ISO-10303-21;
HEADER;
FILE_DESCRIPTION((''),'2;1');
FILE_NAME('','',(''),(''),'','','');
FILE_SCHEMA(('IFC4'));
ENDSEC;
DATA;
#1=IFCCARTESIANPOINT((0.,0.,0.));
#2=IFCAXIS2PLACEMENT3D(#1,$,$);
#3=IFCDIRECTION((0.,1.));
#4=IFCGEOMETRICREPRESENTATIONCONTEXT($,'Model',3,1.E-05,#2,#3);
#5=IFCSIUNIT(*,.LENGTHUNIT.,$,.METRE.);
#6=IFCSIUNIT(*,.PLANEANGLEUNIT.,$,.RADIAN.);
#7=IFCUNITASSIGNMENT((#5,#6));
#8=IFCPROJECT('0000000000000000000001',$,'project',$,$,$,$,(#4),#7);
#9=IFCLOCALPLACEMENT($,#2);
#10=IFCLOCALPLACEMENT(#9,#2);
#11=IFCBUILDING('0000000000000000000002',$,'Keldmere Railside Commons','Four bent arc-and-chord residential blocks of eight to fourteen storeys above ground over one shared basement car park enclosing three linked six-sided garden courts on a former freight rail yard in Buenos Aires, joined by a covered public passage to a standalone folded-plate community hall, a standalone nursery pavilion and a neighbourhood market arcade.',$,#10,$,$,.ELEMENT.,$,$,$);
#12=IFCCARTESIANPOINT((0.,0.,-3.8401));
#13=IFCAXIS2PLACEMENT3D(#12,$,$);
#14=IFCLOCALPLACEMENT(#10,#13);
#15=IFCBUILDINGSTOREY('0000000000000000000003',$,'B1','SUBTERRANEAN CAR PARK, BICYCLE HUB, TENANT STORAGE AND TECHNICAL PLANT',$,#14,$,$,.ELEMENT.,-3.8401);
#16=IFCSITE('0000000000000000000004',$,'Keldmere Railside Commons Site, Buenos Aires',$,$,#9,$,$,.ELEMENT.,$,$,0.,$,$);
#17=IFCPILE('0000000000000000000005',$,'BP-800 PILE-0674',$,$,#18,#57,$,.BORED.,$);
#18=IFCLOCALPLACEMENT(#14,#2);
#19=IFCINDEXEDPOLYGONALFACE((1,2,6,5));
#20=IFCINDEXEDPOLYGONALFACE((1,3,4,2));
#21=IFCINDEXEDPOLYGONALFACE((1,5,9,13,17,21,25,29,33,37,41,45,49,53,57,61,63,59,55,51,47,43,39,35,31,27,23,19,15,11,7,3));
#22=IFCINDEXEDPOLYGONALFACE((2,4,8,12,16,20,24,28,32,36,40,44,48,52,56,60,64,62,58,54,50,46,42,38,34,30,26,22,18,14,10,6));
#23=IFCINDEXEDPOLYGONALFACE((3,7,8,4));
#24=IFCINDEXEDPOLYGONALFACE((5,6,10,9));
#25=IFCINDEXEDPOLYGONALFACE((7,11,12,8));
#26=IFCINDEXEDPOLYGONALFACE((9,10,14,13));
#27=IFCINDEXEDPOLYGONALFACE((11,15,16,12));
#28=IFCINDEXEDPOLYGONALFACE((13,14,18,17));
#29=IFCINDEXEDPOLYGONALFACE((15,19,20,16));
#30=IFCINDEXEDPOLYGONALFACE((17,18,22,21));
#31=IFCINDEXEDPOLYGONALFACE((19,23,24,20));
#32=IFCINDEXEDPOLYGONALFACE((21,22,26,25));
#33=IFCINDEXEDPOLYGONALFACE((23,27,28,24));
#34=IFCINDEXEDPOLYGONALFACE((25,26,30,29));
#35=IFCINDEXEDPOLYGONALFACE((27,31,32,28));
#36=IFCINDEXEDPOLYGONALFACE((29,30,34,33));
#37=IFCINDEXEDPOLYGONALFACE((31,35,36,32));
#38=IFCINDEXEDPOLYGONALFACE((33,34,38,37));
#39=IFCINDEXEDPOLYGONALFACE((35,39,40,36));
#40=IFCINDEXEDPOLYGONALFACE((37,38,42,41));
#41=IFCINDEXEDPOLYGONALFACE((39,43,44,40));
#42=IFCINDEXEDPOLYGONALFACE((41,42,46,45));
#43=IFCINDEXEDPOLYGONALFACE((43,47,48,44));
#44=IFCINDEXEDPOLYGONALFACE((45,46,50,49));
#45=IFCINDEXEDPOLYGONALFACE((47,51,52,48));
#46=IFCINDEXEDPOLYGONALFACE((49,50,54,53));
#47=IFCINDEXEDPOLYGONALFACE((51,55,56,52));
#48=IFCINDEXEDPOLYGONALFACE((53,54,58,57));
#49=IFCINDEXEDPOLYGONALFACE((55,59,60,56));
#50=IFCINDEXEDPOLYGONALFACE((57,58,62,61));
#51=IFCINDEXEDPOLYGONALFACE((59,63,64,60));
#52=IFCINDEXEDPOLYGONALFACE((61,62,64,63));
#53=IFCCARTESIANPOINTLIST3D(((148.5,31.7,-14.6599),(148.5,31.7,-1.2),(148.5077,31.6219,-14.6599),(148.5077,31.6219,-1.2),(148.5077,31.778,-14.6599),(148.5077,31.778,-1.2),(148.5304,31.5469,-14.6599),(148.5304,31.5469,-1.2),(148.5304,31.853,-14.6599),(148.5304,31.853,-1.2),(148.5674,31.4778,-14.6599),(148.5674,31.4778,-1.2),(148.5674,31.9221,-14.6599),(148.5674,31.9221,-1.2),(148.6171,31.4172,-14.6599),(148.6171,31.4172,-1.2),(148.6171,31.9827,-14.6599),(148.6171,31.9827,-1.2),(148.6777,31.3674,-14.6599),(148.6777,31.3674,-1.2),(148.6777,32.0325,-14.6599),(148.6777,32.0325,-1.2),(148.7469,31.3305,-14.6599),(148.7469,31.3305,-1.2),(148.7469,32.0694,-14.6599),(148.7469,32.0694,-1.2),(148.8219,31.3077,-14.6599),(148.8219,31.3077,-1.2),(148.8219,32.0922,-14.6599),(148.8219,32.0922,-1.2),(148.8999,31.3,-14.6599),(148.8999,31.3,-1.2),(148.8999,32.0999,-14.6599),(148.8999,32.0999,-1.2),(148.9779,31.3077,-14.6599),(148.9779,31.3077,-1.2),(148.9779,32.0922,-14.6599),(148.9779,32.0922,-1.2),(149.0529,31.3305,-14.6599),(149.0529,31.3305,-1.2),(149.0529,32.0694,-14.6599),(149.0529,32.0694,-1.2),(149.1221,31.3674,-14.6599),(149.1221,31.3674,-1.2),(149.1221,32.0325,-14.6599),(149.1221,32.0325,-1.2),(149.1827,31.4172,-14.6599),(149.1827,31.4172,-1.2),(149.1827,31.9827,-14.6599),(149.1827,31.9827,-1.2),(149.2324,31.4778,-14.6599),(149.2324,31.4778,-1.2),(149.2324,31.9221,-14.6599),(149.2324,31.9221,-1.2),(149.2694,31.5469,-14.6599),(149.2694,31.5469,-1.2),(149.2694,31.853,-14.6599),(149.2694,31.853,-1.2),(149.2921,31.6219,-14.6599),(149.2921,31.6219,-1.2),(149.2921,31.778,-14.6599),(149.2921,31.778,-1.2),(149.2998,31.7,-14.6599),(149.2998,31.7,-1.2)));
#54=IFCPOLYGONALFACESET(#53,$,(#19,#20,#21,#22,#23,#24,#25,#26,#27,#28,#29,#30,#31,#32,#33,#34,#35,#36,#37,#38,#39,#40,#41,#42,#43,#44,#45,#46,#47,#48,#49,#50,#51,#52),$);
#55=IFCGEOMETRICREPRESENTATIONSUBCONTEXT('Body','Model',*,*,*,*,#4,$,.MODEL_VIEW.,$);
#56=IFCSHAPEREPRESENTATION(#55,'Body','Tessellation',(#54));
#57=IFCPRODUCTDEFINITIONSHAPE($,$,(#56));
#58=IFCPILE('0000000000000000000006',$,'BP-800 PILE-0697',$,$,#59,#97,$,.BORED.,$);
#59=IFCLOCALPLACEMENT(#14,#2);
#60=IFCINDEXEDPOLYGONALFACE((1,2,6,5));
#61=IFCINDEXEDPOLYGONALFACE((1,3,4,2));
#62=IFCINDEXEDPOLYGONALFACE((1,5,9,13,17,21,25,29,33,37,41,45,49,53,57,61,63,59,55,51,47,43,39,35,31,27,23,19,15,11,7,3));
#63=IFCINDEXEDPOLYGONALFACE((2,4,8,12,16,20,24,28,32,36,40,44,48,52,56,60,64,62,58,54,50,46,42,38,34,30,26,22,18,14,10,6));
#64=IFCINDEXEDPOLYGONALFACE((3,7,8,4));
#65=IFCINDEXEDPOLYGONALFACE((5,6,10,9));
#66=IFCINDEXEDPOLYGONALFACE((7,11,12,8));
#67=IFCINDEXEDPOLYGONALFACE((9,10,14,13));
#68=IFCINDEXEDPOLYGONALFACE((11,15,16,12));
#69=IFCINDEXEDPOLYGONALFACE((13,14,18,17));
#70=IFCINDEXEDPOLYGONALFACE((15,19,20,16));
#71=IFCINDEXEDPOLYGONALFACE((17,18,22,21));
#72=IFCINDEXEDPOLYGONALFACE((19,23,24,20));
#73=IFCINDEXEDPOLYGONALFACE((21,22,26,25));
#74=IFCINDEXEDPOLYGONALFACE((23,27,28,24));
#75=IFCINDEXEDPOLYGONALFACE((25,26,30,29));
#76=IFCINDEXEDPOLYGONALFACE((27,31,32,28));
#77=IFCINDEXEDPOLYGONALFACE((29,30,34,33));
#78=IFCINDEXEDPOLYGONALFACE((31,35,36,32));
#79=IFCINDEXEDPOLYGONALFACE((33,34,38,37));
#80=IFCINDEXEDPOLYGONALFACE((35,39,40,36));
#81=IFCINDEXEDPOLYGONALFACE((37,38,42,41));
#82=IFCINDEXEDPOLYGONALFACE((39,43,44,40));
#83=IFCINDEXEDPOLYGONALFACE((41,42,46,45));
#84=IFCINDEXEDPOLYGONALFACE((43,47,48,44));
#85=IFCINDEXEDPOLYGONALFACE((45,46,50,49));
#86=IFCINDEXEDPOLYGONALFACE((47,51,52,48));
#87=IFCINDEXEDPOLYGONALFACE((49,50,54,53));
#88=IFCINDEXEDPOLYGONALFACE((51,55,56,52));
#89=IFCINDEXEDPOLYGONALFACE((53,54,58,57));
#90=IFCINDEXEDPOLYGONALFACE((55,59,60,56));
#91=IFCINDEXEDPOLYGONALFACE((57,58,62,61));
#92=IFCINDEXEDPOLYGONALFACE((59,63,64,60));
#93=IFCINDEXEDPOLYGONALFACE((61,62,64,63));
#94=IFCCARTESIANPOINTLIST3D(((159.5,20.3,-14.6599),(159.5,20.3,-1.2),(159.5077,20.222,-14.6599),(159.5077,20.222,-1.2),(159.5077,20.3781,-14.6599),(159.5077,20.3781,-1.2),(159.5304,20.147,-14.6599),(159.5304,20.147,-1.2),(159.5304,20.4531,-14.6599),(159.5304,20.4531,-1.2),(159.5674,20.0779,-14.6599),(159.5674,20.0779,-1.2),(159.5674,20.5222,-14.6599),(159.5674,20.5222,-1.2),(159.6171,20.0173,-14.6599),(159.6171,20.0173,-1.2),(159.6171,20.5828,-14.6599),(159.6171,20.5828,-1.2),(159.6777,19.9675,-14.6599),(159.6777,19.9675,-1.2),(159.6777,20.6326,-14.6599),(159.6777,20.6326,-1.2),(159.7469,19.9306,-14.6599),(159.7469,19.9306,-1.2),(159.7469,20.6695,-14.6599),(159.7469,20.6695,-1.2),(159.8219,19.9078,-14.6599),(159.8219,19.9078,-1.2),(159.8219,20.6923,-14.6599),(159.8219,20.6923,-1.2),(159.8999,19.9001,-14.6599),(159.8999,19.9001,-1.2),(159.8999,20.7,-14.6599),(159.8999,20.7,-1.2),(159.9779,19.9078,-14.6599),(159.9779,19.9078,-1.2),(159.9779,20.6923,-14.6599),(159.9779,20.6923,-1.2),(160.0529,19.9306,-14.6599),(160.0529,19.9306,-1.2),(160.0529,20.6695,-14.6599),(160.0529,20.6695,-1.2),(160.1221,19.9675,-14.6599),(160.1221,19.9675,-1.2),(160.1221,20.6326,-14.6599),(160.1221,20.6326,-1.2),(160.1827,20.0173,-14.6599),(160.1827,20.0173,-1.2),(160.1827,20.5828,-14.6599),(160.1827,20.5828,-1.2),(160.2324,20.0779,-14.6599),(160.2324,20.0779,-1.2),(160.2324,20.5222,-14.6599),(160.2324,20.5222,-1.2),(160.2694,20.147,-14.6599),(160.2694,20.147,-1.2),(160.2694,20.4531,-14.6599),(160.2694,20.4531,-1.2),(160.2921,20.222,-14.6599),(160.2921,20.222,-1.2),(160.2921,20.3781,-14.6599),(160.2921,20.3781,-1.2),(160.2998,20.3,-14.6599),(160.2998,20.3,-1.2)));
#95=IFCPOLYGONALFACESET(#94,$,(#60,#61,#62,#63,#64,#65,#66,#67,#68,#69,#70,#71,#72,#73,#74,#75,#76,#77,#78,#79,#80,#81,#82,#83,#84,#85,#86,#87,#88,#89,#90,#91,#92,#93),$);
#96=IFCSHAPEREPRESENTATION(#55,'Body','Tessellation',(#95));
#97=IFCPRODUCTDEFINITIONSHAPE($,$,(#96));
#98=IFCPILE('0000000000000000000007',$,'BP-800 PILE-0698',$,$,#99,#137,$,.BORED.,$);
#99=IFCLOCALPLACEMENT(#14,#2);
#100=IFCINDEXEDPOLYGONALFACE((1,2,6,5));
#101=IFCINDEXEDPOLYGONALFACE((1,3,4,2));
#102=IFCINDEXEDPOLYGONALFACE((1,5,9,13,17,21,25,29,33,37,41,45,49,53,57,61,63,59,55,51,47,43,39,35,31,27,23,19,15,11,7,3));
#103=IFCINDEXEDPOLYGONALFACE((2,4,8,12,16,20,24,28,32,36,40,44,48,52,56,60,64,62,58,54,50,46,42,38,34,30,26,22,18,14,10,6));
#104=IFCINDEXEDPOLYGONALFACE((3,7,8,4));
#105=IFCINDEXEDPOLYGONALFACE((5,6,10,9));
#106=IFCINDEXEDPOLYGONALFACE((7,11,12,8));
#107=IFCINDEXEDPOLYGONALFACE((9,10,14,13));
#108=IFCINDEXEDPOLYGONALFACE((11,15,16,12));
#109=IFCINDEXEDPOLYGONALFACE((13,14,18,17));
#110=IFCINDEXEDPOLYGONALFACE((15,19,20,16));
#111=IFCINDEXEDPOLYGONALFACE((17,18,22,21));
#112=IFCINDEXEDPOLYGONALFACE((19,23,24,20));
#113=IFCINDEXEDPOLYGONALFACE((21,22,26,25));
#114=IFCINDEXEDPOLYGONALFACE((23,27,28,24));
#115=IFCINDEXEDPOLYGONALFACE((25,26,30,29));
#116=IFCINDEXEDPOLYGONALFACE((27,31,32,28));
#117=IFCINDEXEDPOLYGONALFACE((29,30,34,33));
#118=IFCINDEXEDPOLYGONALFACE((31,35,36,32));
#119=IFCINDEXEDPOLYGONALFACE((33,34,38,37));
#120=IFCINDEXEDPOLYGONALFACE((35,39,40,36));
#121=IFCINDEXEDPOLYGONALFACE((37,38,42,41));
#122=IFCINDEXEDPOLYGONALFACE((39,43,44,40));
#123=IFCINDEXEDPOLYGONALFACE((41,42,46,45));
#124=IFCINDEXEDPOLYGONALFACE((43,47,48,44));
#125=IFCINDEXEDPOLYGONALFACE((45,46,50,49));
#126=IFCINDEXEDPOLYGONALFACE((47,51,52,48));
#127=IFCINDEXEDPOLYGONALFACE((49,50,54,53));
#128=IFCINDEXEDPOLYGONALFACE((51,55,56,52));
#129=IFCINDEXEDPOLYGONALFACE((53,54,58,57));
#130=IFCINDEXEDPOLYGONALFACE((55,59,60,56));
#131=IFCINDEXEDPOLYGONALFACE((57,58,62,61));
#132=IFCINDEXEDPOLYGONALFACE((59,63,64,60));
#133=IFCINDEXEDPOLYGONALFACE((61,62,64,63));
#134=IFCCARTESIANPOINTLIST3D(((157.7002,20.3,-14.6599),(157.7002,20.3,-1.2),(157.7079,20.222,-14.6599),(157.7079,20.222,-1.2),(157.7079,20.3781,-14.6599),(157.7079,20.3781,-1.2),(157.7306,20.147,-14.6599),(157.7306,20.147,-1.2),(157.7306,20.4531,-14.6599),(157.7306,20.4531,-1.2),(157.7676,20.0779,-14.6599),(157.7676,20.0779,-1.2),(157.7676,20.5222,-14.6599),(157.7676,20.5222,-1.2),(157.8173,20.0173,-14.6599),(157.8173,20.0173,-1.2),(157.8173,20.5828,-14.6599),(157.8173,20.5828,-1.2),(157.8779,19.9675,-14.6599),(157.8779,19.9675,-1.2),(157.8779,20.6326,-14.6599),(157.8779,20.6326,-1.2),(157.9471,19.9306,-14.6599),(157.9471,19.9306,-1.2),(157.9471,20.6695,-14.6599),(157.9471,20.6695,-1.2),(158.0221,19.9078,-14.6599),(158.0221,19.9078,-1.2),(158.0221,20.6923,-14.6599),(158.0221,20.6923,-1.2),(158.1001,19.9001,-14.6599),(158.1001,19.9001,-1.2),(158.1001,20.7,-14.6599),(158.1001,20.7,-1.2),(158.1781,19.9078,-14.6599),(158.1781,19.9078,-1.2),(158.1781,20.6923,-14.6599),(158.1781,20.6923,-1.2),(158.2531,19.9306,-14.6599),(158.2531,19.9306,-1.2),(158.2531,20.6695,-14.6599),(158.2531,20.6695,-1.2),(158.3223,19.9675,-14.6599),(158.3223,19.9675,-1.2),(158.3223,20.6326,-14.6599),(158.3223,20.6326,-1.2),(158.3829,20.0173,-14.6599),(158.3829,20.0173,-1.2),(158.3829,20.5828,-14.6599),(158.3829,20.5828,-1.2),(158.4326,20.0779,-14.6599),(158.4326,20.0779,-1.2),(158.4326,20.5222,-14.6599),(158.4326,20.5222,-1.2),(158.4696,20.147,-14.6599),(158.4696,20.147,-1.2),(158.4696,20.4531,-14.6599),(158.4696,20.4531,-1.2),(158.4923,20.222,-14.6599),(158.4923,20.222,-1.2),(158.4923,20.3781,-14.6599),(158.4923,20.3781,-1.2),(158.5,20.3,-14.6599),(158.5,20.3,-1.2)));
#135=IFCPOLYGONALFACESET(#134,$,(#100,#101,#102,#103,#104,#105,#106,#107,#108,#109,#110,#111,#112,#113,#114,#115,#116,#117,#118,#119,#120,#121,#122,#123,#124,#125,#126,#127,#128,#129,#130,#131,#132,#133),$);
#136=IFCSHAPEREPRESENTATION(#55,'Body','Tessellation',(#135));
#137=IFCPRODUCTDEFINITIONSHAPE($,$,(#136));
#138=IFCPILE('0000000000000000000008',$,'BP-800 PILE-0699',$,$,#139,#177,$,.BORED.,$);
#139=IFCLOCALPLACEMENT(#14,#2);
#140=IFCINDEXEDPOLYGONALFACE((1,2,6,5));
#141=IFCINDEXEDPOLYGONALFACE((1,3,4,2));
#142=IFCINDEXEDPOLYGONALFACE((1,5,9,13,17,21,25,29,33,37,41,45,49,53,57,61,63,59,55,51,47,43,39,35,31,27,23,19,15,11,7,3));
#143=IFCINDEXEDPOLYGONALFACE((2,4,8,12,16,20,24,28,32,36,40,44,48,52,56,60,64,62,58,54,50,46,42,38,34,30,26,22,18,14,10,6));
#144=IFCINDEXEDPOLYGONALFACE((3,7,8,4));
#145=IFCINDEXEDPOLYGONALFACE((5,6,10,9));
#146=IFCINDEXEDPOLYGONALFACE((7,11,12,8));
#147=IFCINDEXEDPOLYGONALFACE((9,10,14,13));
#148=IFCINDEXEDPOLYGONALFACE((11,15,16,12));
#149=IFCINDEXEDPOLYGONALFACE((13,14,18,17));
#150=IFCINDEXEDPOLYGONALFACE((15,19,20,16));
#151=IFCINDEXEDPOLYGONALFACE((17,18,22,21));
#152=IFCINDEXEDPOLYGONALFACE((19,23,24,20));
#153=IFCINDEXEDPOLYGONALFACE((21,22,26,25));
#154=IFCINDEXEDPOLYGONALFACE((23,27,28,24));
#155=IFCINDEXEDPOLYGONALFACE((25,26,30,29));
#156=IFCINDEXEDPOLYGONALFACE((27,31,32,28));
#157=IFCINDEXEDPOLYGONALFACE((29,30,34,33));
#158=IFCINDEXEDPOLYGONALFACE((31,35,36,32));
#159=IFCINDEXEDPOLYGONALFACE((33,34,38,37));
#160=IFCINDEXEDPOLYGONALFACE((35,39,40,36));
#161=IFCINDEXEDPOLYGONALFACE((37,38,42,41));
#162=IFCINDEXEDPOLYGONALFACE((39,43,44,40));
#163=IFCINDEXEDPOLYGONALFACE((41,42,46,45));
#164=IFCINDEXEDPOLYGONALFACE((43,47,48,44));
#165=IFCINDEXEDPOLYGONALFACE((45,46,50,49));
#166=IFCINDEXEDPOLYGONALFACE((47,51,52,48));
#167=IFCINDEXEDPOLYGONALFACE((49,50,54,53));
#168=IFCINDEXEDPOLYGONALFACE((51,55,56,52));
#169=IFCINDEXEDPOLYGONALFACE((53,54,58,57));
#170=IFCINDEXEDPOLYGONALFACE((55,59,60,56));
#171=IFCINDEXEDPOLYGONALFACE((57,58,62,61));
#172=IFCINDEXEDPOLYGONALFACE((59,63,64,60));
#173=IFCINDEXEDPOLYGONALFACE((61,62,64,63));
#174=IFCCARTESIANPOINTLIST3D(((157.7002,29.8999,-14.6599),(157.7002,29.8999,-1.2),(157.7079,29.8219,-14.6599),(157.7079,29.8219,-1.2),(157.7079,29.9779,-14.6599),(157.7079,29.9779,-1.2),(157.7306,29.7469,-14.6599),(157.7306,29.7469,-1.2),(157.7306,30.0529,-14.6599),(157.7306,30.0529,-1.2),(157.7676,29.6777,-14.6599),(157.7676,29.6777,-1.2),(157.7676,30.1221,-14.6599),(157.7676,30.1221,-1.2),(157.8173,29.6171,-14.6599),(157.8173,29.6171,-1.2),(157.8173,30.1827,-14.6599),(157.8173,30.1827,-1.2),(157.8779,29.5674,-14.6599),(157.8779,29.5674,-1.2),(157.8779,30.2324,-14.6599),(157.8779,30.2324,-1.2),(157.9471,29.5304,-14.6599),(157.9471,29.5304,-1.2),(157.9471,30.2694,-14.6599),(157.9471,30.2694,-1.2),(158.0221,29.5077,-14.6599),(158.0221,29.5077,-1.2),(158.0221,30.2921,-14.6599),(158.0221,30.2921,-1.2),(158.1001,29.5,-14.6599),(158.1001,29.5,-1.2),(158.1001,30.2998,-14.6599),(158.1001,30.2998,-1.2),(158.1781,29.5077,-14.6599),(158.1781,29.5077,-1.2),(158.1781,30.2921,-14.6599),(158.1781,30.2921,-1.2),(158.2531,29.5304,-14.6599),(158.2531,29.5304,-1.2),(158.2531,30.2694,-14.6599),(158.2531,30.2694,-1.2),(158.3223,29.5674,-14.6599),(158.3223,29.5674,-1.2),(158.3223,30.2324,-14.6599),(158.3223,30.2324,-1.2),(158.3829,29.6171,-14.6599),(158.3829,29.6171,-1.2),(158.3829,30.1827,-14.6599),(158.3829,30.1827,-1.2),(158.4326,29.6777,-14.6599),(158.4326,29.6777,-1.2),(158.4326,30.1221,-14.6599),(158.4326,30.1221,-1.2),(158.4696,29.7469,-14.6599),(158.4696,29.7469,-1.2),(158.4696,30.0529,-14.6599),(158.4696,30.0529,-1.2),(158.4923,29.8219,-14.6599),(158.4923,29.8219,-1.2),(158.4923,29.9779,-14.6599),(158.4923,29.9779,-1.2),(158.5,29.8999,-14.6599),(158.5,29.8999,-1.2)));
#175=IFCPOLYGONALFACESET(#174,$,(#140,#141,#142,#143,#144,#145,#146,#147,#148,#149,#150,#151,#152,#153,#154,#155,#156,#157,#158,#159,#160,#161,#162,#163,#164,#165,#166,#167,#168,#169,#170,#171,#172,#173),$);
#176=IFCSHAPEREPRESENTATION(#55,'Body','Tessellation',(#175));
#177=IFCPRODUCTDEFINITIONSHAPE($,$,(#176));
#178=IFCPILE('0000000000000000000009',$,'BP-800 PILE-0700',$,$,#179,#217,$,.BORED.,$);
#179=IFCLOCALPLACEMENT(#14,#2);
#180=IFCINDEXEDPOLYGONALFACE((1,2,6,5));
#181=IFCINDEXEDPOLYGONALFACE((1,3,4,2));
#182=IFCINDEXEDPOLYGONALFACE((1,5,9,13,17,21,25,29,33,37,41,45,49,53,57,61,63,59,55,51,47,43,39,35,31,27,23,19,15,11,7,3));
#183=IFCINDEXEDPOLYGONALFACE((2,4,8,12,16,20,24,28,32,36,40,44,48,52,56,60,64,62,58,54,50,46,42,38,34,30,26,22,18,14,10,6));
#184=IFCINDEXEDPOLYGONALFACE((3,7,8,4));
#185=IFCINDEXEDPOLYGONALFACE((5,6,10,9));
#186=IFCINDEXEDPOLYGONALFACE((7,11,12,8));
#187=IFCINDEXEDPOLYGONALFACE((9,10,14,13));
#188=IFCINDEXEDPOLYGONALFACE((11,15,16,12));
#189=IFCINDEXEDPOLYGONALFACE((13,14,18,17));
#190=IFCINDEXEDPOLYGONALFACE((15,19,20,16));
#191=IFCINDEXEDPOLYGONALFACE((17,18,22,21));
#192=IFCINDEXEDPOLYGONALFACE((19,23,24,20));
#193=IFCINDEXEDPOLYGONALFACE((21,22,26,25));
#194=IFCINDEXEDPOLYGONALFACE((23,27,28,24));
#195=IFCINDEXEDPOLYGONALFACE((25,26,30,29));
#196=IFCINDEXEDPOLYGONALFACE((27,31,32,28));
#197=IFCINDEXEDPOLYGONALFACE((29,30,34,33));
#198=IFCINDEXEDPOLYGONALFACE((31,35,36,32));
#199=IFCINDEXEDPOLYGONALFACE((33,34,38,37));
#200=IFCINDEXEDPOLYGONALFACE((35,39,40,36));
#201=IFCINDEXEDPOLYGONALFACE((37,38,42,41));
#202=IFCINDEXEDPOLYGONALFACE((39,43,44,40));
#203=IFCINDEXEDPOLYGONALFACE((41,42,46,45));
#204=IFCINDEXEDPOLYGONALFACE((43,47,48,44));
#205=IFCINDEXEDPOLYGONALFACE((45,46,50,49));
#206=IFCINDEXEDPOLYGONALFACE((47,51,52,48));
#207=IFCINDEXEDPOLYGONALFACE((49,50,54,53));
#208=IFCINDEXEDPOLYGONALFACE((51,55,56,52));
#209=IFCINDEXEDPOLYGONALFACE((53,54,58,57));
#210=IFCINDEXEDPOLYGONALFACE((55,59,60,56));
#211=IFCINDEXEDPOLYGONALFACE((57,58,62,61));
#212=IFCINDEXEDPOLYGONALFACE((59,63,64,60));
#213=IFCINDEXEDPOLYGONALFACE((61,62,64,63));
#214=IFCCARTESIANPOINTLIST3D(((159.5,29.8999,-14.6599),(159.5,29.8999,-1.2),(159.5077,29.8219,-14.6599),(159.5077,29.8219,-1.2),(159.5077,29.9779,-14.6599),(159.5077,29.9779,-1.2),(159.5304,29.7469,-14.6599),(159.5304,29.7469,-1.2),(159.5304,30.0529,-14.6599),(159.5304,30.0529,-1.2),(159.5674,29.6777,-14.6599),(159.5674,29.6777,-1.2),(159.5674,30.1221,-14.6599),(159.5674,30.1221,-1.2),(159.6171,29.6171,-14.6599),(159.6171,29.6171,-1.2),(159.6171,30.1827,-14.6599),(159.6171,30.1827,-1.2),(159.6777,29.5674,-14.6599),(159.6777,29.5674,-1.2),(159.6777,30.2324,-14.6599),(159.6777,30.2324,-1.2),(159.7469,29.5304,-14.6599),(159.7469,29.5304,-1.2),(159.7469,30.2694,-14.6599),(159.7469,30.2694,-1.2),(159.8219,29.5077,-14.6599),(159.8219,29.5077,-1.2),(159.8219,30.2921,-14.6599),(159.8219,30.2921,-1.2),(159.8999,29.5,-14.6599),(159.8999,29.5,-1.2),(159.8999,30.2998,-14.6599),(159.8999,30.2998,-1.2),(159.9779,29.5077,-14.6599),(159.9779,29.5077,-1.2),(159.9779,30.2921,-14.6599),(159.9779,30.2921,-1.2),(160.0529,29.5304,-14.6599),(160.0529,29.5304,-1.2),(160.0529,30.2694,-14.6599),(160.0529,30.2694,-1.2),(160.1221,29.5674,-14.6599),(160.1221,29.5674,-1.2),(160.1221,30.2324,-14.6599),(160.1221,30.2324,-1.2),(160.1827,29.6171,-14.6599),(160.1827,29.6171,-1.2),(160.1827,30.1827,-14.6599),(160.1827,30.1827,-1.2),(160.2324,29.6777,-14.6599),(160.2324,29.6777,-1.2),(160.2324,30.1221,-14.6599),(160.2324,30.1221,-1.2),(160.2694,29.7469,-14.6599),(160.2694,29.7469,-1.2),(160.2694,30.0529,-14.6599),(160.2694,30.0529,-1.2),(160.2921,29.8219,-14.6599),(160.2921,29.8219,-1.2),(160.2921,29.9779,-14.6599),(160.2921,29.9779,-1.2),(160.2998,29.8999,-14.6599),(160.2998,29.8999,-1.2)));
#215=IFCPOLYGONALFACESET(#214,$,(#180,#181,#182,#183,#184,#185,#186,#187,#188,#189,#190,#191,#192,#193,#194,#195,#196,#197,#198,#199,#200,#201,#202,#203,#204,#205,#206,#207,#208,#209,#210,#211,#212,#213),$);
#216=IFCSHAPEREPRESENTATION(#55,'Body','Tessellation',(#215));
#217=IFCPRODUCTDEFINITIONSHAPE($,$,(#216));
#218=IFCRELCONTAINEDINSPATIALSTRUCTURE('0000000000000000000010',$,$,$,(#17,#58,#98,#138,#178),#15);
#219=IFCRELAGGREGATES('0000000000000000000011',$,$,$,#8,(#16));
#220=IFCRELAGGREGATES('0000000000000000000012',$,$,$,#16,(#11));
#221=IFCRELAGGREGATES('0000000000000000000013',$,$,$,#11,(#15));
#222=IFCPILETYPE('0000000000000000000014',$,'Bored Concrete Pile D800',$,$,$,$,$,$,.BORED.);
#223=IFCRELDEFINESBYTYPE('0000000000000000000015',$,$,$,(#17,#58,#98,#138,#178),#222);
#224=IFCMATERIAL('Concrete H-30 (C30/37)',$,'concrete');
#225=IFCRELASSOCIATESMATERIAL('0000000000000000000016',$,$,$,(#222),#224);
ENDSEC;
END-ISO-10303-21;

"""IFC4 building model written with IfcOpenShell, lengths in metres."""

from ifc_helpers import new_model, si_unit, direction, frame, origin, origin_2d, place, context, subcontext, project, spatial, circle, extrude, material, material_profile, profile_set, type_object, element, save


model = new_model("IFC4")

# Units and contexts
model_context = context("Model", 3, precision=1e-05, world=origin(), true_north=direction((0.0, 1.0)))
body_context = subcontext(model_context, "Body", "Model", "MODEL_VIEW")
ifc_project = project(units=[si_unit("LENGTHUNIT", "METRE"), si_unit("PLANEANGLEUNIT", "RADIAN")], contexts=[model_context])

# Site, building, storey
site_placement = place(None, origin())
site = spatial("IfcSite", under=ifc_project, at=site_placement, Name="Keldmere Railside Commons Site, Buenos Aires", CompositionType="ELEMENT", RefElevation=0.0)
building_placement = place(site_placement, origin())
building = spatial("IfcBuilding", under=site, at=building_placement, Name="Keldmere Railside Commons", Description="Four bent arc-and-chord residential blocks of eight to fourteen storeys above ground over one shared basement car park enclosing three linked six-sided garden courts on a former freight rail yard in Buenos Aires, joined by a covered public passage to a standalone folded-plate community hall, a standalone nursery pavilion and a neighbourhood market arcade.", CompositionType="ELEMENT")
storey_placement = place(building_placement, frame((0.0, 0.0, -3.8401)))
storey = spatial("IfcBuildingStorey", under=building, at=storey_placement, Name="B1", Description="SUBTERRANEAN CAR PARK, BICYCLE HUB, TENANT STORAGE AND TECHNICAL PLANT", CompositionType="ELEMENT", Elevation=-3.8401)

# Piles
ifc_material_1 = material(Name="Concrete H-30 (C30/37)", Category="concrete")
ifc_material_profile_1 = material_profile(ifc_material_1, circle(Radius=0.3999, at=origin_2d()), Name="PILE-D800")
ifc_profile_set_1 = profile_set([ifc_material_profile_1], Name="Concrete H-30 (C30/37)")
pile_type = type_object("IfcPileType", Name="Bored Concrete Pile D800", PredefinedType="BORED", material=ifc_profile_set_1)
for number, where, z_axis, x_axis, name in (
    (1, (148.8999, 31.7, -1.2), (0.0, 0.0, -1.0), (1.0, 0.0, 0.0), "BP-800 PILE-0674"),
    (2, (159.8999, 20.3, -1.2), (0.0, 0.0, -1.0), (1.0, 0.0, 0.0), "BP-800 PILE-0697"),
    (3, (158.1001, 20.3, -1.2), (0.0, 0.0, -1.0), (1.0, 0.0, 0.0), "BP-800 PILE-0698"),
    (4, (158.1001, 29.8999, -1.2), (0.0, 0.0, -1.0), (1.0, 0.0, 0.0), "BP-800 PILE-0699"),
    (5, (159.8999, 29.8999, -1.2), (0.0, 0.0, -1.0), (1.0, 0.0, 0.0), "BP-800 PILE-0700"),
):
    element("IfcPile", number, at=place(storey_placement, frame(where, z_axis=z_axis, x_axis=x_axis)), inside=storey, type_object=pile_type, Name=name, PredefinedType="BORED", context=body_context, shape_type="SweptSolid", body=[
        extrude(circle(Radius=0.3999, at=origin_2d()), origin(), (0.0, 0.0, 1.0), 13.46),
    ])

save(model, "model.ifc")
